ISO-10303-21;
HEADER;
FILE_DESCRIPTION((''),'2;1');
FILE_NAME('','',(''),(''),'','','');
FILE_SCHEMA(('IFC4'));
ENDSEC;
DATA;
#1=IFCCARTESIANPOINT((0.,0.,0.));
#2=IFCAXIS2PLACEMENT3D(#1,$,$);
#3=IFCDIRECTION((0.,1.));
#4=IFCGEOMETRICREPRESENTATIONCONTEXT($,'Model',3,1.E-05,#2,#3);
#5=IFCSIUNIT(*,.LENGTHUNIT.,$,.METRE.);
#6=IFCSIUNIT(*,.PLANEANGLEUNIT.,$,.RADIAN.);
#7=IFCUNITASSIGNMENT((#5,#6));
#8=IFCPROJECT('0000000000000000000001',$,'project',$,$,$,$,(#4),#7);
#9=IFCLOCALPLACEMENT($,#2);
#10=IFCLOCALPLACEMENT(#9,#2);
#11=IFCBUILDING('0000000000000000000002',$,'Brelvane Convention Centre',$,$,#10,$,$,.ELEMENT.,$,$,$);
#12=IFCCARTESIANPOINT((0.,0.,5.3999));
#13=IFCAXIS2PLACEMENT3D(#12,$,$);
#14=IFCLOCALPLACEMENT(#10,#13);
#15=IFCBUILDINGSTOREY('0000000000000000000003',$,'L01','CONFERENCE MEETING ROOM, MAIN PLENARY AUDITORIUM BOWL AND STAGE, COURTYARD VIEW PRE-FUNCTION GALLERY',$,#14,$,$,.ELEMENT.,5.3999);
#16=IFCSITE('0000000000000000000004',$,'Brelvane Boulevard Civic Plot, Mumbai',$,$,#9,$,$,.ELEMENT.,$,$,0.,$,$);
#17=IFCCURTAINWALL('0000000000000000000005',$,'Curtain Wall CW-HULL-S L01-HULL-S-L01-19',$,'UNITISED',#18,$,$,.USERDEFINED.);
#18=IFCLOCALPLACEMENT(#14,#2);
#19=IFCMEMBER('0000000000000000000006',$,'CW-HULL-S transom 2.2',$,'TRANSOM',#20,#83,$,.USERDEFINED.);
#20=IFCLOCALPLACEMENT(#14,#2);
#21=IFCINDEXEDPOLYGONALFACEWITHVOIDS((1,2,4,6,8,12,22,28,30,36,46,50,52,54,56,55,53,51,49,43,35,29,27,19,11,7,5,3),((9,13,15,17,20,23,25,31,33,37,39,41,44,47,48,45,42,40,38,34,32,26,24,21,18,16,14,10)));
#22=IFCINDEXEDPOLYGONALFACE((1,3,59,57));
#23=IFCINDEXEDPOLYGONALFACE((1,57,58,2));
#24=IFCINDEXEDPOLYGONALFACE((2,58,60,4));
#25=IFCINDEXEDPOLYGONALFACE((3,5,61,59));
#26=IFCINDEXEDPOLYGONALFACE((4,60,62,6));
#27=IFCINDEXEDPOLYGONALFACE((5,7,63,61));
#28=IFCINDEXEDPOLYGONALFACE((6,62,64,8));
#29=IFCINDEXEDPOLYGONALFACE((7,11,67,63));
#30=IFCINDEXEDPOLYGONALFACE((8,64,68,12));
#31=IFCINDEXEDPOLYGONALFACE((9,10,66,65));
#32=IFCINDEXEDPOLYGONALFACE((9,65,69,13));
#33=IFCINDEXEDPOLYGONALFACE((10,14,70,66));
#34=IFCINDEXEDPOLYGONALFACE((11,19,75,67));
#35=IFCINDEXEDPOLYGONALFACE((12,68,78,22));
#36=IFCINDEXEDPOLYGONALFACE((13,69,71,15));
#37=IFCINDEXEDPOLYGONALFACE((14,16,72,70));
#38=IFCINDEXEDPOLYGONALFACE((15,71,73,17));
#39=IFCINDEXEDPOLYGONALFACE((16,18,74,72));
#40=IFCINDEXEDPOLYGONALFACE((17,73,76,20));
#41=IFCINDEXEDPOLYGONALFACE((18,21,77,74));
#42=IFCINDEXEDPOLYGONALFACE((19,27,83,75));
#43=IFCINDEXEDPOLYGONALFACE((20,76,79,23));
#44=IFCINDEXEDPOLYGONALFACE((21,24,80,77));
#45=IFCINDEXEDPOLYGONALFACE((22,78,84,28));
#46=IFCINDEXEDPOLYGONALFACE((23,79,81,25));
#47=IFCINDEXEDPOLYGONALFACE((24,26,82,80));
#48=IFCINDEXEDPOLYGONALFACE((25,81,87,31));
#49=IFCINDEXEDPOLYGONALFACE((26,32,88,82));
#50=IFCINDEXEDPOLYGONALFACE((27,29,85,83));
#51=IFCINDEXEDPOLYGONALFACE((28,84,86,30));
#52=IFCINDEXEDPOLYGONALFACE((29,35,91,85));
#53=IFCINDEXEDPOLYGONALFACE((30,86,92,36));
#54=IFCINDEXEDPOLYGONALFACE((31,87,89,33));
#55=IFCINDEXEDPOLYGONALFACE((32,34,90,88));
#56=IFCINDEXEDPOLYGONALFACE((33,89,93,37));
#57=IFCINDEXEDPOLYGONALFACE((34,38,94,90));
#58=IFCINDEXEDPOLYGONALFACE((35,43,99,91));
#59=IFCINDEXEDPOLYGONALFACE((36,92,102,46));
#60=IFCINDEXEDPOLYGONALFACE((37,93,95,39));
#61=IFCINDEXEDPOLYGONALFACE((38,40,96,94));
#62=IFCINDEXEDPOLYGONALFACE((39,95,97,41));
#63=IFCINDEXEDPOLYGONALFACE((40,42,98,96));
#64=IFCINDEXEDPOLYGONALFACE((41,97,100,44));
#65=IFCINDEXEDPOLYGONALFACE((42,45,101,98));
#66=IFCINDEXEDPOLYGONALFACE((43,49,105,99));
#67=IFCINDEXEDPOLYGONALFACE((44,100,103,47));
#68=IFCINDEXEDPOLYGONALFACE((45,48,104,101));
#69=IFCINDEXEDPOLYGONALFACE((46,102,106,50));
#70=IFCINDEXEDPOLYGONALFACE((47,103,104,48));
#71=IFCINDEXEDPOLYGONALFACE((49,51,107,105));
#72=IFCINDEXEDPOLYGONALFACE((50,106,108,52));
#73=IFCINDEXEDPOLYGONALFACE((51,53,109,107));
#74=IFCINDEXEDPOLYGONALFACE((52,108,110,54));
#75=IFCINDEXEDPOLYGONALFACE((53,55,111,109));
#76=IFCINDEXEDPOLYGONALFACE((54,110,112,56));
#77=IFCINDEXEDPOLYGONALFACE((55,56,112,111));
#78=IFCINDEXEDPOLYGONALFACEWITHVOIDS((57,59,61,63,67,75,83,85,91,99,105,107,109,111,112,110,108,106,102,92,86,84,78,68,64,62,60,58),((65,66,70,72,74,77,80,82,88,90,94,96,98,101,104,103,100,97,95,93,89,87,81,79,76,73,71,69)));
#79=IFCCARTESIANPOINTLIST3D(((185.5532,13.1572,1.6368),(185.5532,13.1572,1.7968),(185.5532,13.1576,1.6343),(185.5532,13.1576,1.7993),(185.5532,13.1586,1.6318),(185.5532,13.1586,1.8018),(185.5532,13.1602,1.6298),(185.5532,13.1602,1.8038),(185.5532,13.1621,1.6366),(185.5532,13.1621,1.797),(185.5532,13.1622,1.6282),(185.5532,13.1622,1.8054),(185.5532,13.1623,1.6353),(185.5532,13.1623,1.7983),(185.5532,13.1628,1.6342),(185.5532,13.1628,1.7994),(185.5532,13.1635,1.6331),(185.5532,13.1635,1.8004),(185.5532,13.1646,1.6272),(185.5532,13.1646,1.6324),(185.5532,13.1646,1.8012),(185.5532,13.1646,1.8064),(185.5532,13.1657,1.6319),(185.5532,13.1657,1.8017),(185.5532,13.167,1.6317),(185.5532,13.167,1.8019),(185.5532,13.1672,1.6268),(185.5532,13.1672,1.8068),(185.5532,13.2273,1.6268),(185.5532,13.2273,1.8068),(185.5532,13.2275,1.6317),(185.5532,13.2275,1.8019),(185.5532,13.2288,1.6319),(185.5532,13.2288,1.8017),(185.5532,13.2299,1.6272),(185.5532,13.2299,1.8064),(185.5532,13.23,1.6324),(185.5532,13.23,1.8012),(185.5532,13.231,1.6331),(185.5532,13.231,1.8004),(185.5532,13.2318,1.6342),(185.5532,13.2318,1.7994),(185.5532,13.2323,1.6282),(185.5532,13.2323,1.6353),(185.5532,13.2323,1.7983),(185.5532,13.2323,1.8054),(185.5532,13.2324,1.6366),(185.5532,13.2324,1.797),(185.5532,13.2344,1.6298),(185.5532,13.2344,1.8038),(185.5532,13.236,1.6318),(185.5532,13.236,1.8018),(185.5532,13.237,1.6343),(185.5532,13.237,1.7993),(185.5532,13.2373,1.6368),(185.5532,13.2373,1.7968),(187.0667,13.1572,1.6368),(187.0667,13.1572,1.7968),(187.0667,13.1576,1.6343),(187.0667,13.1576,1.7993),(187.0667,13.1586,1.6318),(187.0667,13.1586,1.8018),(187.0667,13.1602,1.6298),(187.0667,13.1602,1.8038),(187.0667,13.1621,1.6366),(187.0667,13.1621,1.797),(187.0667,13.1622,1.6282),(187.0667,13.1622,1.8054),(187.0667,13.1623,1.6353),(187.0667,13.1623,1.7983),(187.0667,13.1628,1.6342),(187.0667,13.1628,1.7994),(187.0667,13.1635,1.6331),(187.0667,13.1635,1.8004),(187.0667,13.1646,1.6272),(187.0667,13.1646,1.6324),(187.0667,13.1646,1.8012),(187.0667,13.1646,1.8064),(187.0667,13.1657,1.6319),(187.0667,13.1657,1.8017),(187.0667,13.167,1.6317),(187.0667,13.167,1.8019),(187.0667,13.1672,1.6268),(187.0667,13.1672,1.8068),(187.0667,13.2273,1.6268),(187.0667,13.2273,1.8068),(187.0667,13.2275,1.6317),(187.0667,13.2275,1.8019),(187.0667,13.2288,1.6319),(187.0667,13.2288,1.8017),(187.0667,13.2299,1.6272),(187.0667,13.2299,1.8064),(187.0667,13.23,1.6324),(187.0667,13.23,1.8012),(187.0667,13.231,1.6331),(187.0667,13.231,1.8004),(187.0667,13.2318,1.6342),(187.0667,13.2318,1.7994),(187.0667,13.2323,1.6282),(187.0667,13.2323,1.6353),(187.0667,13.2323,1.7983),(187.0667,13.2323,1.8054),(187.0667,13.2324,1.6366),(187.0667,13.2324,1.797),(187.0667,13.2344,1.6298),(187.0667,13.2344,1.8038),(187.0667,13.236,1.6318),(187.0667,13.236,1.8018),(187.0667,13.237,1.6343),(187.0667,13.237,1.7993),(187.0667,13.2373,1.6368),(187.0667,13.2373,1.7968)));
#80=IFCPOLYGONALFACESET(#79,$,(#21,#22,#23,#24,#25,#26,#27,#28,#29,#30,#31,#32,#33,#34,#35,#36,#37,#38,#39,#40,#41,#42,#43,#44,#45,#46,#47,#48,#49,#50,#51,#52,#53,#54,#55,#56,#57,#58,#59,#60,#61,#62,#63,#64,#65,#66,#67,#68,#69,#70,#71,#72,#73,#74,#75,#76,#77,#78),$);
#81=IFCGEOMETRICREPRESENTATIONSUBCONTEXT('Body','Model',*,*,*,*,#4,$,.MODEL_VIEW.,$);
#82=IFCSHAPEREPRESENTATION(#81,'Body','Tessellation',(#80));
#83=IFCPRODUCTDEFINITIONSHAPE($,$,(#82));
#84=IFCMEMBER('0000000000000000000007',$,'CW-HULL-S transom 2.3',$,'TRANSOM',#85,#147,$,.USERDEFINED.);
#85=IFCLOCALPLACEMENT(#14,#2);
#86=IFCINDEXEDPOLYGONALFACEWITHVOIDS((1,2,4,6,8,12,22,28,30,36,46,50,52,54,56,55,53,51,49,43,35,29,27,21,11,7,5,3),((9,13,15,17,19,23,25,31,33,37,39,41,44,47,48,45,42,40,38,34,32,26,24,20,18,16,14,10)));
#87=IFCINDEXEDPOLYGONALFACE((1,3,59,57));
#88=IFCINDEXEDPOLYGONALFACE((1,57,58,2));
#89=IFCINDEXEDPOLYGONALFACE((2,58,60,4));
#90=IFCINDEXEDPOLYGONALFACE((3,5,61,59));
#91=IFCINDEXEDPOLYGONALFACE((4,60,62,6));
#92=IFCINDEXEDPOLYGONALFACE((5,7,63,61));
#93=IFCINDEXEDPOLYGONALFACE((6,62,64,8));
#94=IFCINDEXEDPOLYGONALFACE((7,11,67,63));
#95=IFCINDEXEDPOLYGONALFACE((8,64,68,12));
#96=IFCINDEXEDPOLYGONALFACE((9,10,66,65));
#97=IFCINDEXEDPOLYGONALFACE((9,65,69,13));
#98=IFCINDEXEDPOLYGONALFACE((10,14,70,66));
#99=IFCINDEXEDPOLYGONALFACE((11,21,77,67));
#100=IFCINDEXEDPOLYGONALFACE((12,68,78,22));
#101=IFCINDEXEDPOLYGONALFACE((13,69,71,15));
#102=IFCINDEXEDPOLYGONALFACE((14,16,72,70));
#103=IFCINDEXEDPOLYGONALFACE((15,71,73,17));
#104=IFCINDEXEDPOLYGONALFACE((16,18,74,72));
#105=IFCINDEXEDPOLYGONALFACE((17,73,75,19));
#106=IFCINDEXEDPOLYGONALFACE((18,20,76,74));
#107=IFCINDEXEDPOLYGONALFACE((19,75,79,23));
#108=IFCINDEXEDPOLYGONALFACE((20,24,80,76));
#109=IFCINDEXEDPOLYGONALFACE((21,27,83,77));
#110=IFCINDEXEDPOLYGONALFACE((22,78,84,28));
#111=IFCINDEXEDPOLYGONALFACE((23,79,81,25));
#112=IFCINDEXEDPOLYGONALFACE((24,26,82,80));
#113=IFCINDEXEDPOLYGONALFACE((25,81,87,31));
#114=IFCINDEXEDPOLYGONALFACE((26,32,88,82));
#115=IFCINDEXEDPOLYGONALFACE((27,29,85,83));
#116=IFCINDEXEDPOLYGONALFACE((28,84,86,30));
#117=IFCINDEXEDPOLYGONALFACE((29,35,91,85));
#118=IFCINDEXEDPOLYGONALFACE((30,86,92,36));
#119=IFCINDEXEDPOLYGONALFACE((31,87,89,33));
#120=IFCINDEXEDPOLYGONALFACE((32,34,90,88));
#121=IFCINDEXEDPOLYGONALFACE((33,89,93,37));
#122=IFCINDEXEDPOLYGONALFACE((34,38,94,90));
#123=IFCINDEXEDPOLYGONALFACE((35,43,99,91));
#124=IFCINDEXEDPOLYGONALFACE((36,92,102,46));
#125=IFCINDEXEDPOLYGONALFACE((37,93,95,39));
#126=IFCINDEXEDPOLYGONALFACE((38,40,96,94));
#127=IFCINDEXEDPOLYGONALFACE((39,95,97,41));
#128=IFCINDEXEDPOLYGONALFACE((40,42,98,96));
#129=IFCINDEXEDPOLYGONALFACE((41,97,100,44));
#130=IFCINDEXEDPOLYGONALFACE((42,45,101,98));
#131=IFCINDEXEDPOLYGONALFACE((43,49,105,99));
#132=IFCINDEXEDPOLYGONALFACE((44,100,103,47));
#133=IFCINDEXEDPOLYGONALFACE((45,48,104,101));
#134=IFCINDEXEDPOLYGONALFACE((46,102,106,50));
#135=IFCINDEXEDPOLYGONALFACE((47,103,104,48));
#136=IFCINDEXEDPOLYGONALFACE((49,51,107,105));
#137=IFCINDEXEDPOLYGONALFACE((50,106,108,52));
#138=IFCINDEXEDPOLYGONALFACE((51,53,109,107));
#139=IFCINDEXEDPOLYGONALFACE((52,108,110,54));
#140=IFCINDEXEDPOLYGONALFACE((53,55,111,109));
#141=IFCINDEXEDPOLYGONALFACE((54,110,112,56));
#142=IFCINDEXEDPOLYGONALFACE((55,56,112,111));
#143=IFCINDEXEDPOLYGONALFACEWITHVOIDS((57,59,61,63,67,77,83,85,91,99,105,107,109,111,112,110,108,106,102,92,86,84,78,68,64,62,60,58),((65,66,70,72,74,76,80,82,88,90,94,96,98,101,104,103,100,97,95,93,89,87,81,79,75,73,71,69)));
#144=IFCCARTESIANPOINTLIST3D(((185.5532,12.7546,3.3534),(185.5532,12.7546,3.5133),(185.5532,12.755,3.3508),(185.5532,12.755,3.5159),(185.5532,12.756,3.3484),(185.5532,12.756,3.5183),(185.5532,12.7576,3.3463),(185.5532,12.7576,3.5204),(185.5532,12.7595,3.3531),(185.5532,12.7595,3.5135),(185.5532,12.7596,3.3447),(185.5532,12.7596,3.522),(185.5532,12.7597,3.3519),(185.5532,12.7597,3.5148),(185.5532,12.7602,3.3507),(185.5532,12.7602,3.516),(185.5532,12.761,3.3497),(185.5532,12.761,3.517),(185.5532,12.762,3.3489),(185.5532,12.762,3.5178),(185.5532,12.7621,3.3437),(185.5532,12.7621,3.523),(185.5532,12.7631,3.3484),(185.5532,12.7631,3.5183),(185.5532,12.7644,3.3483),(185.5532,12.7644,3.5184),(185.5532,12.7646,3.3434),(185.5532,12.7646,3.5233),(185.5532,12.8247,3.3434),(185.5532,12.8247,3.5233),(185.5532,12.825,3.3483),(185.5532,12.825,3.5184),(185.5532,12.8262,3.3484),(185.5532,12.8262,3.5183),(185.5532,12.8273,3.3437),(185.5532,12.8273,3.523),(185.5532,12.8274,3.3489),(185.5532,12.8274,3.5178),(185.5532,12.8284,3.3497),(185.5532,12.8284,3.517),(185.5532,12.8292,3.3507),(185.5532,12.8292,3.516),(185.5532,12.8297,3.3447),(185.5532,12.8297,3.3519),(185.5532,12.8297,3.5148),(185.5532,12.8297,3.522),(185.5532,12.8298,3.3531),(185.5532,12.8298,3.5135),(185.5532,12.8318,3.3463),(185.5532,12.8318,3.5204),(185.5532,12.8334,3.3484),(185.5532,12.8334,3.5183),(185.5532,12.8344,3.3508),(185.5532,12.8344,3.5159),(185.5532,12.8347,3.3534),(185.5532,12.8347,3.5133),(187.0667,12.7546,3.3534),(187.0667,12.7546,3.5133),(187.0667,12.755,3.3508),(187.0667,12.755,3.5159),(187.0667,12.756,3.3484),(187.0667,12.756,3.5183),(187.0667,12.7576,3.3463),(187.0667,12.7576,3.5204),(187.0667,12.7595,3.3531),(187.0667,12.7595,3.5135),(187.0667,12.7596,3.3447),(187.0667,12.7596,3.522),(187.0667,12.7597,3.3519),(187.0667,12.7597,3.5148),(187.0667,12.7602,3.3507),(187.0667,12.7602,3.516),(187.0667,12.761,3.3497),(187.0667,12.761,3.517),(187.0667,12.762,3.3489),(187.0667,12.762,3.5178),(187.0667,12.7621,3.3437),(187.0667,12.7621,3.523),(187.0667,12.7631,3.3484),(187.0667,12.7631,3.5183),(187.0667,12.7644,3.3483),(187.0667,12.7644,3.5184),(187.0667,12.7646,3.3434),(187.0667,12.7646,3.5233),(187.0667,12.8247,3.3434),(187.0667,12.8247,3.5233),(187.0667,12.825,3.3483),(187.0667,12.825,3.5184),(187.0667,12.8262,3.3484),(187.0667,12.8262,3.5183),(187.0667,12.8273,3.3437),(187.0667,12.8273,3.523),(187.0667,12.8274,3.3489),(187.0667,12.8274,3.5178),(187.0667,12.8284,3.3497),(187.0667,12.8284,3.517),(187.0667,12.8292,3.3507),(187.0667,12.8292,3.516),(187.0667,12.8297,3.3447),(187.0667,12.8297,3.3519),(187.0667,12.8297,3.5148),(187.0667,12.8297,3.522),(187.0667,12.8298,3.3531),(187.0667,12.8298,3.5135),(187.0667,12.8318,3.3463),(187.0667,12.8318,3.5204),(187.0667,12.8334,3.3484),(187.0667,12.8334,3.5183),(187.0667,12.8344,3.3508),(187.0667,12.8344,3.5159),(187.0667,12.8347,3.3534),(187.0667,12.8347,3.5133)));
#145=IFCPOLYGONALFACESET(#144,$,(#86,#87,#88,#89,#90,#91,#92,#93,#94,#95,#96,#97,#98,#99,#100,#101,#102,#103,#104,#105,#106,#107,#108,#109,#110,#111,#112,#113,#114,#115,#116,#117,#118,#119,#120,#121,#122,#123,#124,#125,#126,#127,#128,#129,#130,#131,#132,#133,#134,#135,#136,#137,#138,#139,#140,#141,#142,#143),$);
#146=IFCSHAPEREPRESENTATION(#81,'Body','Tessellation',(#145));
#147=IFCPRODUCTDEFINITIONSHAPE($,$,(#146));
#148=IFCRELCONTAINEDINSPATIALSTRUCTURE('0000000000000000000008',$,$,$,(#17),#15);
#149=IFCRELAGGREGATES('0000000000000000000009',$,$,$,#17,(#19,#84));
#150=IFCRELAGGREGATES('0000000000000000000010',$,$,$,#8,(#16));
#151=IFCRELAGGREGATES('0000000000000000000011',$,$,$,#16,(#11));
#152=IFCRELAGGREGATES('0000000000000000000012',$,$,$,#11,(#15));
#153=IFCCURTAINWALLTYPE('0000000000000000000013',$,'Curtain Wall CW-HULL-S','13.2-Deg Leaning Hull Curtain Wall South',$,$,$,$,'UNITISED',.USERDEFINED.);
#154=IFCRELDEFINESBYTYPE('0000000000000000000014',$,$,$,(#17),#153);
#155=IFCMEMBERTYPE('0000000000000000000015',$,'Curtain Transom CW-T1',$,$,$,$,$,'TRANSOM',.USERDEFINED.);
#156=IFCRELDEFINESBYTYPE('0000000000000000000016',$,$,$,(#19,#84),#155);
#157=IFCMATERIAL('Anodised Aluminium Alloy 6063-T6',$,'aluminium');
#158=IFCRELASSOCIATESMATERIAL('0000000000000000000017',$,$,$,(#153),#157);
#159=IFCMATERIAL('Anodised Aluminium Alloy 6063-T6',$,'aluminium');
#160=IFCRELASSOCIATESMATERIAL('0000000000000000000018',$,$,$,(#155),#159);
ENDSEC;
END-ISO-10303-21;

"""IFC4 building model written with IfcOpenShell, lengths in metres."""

from ifc_helpers import new_model, si_unit, direction, frame, origin, origin_2d, place, context, subcontext, project, spatial, hollow_rectangle, extrude, material, material_profile, profile_set, type_object, element, aggregate, save


model = new_model("IFC4")

# Units and contexts
model_context = context("Model", 3, precision=1e-05, world=origin(), true_north=direction((0.0, 1.0)))
body_context = subcontext(model_context, "Body", "Model", "MODEL_VIEW")
ifc_project = project(units=[si_unit("LENGTHUNIT", "METRE"), si_unit("PLANEANGLEUNIT", "RADIAN")], contexts=[model_context])

# Site, building, storey
site_placement = place(None, origin())
site = spatial("IfcSite", under=ifc_project, at=site_placement, Name="Brelvane Boulevard Civic Plot, Mumbai", CompositionType="ELEMENT", RefElevation=0.0)
building_placement = place(site_placement, origin())
building = spatial("IfcBuilding", under=site, at=building_placement, Name="Brelvane Convention Centre", CompositionType="ELEMENT")
storey_placement = place(building_placement, frame((0.0, 0.0, 5.3999)))
storey = spatial("IfcBuildingStorey", under=building, at=storey_placement, Name="L01", Description="CONFERENCE MEETING ROOM, MAIN PLENARY AUDITORIUM BOWL AND STAGE, COURTYARD VIEW PRE-FUNCTION GALLERY", CompositionType="ELEMENT", Elevation=5.3999)

# Curtain wall, members
ifc_material_1 = material(Name="Anodised Aluminium Alloy 6063-T6", Category="aluminium")
curtain_wall_type = type_object("IfcCurtainWallType", Name="Curtain Wall CW-HULL-S", Description="13.2-Deg Leaning Hull Curtain Wall South", ElementType="UNITISED", PredefinedType="USERDEFINED", material=ifc_material_1)
ifc_material_2 = material(Name="Anodised Aluminium Alloy 6063-T6", Category="aluminium")
ifc_material_profile = material_profile(ifc_material_2, hollow_rectangle(XDim=0.0801, YDim=0.1799, WallThickness=0.0049, InnerFilletRadius=0.0049, OuterFilletRadius=0.01, at=origin_2d()), Name="ALU-T 180x80x5.0")
ifc_profile_set = profile_set([ifc_material_profile], Name="Anodised Aluminium Alloy 6063-T6")
member_type = type_object("IfcMemberType", Name="Curtain Transom CW-T1", ElementType="TRANSOM", PredefinedType="USERDEFINED", material=ifc_profile_set)
curtain_wall_1_placement = place(storey_placement, origin())
curtain_wall_1 = element("IfcCurtainWall", 1, at=curtain_wall_1_placement, inside=storey, type_object=curtain_wall_type, Name="Curtain Wall CW-HULL-S L01-HULL-S-L01-19", ObjectType="UNITISED", PredefinedType="USERDEFINED")
member_1_placement = place(storey_placement, frame((185.5532, 13.1973, 1.7168), z_axis=(1.0, 0.0, 0.0), x_axis=(0.0, 1.0, 0.0)))
member_1 = element("IfcMember", 2, at=member_1_placement, type_object=member_type, Name="CW-HULL-S transom 2.2", ObjectType="TRANSOM", PredefinedType="USERDEFINED", context=body_context, shape_type="SweptSolid", body=[
    extrude(hollow_rectangle(XDim=0.0801, YDim=0.1799, WallThickness=0.0049, InnerFilletRadius=0.0049, OuterFilletRadius=0.01, at=origin_2d()), origin(), (0.0, 0.0, 1.0), 1.5134),
])
member_2_placement = place(storey_placement, frame((185.5532, 12.7947, 3.4333), z_axis=(1.0, 0.0, 0.0), x_axis=(0.0, 1.0, 0.0)))
member_2 = element("IfcMember", 3, at=member_2_placement, type_object=member_type, Name="CW-HULL-S transom 2.3", ObjectType="TRANSOM", PredefinedType="USERDEFINED", context=body_context, shape_type="SweptSolid", body=[
    extrude(hollow_rectangle(XDim=0.0801, YDim=0.1799, WallThickness=0.0049, InnerFilletRadius=0.0049, OuterFilletRadius=0.01, at=origin_2d()), origin(), (0.0, 0.0, 1.0), 1.5134),
])

aggregate(curtain_wall_1, [member_1, member_2])

save(model, "model.ifc")
